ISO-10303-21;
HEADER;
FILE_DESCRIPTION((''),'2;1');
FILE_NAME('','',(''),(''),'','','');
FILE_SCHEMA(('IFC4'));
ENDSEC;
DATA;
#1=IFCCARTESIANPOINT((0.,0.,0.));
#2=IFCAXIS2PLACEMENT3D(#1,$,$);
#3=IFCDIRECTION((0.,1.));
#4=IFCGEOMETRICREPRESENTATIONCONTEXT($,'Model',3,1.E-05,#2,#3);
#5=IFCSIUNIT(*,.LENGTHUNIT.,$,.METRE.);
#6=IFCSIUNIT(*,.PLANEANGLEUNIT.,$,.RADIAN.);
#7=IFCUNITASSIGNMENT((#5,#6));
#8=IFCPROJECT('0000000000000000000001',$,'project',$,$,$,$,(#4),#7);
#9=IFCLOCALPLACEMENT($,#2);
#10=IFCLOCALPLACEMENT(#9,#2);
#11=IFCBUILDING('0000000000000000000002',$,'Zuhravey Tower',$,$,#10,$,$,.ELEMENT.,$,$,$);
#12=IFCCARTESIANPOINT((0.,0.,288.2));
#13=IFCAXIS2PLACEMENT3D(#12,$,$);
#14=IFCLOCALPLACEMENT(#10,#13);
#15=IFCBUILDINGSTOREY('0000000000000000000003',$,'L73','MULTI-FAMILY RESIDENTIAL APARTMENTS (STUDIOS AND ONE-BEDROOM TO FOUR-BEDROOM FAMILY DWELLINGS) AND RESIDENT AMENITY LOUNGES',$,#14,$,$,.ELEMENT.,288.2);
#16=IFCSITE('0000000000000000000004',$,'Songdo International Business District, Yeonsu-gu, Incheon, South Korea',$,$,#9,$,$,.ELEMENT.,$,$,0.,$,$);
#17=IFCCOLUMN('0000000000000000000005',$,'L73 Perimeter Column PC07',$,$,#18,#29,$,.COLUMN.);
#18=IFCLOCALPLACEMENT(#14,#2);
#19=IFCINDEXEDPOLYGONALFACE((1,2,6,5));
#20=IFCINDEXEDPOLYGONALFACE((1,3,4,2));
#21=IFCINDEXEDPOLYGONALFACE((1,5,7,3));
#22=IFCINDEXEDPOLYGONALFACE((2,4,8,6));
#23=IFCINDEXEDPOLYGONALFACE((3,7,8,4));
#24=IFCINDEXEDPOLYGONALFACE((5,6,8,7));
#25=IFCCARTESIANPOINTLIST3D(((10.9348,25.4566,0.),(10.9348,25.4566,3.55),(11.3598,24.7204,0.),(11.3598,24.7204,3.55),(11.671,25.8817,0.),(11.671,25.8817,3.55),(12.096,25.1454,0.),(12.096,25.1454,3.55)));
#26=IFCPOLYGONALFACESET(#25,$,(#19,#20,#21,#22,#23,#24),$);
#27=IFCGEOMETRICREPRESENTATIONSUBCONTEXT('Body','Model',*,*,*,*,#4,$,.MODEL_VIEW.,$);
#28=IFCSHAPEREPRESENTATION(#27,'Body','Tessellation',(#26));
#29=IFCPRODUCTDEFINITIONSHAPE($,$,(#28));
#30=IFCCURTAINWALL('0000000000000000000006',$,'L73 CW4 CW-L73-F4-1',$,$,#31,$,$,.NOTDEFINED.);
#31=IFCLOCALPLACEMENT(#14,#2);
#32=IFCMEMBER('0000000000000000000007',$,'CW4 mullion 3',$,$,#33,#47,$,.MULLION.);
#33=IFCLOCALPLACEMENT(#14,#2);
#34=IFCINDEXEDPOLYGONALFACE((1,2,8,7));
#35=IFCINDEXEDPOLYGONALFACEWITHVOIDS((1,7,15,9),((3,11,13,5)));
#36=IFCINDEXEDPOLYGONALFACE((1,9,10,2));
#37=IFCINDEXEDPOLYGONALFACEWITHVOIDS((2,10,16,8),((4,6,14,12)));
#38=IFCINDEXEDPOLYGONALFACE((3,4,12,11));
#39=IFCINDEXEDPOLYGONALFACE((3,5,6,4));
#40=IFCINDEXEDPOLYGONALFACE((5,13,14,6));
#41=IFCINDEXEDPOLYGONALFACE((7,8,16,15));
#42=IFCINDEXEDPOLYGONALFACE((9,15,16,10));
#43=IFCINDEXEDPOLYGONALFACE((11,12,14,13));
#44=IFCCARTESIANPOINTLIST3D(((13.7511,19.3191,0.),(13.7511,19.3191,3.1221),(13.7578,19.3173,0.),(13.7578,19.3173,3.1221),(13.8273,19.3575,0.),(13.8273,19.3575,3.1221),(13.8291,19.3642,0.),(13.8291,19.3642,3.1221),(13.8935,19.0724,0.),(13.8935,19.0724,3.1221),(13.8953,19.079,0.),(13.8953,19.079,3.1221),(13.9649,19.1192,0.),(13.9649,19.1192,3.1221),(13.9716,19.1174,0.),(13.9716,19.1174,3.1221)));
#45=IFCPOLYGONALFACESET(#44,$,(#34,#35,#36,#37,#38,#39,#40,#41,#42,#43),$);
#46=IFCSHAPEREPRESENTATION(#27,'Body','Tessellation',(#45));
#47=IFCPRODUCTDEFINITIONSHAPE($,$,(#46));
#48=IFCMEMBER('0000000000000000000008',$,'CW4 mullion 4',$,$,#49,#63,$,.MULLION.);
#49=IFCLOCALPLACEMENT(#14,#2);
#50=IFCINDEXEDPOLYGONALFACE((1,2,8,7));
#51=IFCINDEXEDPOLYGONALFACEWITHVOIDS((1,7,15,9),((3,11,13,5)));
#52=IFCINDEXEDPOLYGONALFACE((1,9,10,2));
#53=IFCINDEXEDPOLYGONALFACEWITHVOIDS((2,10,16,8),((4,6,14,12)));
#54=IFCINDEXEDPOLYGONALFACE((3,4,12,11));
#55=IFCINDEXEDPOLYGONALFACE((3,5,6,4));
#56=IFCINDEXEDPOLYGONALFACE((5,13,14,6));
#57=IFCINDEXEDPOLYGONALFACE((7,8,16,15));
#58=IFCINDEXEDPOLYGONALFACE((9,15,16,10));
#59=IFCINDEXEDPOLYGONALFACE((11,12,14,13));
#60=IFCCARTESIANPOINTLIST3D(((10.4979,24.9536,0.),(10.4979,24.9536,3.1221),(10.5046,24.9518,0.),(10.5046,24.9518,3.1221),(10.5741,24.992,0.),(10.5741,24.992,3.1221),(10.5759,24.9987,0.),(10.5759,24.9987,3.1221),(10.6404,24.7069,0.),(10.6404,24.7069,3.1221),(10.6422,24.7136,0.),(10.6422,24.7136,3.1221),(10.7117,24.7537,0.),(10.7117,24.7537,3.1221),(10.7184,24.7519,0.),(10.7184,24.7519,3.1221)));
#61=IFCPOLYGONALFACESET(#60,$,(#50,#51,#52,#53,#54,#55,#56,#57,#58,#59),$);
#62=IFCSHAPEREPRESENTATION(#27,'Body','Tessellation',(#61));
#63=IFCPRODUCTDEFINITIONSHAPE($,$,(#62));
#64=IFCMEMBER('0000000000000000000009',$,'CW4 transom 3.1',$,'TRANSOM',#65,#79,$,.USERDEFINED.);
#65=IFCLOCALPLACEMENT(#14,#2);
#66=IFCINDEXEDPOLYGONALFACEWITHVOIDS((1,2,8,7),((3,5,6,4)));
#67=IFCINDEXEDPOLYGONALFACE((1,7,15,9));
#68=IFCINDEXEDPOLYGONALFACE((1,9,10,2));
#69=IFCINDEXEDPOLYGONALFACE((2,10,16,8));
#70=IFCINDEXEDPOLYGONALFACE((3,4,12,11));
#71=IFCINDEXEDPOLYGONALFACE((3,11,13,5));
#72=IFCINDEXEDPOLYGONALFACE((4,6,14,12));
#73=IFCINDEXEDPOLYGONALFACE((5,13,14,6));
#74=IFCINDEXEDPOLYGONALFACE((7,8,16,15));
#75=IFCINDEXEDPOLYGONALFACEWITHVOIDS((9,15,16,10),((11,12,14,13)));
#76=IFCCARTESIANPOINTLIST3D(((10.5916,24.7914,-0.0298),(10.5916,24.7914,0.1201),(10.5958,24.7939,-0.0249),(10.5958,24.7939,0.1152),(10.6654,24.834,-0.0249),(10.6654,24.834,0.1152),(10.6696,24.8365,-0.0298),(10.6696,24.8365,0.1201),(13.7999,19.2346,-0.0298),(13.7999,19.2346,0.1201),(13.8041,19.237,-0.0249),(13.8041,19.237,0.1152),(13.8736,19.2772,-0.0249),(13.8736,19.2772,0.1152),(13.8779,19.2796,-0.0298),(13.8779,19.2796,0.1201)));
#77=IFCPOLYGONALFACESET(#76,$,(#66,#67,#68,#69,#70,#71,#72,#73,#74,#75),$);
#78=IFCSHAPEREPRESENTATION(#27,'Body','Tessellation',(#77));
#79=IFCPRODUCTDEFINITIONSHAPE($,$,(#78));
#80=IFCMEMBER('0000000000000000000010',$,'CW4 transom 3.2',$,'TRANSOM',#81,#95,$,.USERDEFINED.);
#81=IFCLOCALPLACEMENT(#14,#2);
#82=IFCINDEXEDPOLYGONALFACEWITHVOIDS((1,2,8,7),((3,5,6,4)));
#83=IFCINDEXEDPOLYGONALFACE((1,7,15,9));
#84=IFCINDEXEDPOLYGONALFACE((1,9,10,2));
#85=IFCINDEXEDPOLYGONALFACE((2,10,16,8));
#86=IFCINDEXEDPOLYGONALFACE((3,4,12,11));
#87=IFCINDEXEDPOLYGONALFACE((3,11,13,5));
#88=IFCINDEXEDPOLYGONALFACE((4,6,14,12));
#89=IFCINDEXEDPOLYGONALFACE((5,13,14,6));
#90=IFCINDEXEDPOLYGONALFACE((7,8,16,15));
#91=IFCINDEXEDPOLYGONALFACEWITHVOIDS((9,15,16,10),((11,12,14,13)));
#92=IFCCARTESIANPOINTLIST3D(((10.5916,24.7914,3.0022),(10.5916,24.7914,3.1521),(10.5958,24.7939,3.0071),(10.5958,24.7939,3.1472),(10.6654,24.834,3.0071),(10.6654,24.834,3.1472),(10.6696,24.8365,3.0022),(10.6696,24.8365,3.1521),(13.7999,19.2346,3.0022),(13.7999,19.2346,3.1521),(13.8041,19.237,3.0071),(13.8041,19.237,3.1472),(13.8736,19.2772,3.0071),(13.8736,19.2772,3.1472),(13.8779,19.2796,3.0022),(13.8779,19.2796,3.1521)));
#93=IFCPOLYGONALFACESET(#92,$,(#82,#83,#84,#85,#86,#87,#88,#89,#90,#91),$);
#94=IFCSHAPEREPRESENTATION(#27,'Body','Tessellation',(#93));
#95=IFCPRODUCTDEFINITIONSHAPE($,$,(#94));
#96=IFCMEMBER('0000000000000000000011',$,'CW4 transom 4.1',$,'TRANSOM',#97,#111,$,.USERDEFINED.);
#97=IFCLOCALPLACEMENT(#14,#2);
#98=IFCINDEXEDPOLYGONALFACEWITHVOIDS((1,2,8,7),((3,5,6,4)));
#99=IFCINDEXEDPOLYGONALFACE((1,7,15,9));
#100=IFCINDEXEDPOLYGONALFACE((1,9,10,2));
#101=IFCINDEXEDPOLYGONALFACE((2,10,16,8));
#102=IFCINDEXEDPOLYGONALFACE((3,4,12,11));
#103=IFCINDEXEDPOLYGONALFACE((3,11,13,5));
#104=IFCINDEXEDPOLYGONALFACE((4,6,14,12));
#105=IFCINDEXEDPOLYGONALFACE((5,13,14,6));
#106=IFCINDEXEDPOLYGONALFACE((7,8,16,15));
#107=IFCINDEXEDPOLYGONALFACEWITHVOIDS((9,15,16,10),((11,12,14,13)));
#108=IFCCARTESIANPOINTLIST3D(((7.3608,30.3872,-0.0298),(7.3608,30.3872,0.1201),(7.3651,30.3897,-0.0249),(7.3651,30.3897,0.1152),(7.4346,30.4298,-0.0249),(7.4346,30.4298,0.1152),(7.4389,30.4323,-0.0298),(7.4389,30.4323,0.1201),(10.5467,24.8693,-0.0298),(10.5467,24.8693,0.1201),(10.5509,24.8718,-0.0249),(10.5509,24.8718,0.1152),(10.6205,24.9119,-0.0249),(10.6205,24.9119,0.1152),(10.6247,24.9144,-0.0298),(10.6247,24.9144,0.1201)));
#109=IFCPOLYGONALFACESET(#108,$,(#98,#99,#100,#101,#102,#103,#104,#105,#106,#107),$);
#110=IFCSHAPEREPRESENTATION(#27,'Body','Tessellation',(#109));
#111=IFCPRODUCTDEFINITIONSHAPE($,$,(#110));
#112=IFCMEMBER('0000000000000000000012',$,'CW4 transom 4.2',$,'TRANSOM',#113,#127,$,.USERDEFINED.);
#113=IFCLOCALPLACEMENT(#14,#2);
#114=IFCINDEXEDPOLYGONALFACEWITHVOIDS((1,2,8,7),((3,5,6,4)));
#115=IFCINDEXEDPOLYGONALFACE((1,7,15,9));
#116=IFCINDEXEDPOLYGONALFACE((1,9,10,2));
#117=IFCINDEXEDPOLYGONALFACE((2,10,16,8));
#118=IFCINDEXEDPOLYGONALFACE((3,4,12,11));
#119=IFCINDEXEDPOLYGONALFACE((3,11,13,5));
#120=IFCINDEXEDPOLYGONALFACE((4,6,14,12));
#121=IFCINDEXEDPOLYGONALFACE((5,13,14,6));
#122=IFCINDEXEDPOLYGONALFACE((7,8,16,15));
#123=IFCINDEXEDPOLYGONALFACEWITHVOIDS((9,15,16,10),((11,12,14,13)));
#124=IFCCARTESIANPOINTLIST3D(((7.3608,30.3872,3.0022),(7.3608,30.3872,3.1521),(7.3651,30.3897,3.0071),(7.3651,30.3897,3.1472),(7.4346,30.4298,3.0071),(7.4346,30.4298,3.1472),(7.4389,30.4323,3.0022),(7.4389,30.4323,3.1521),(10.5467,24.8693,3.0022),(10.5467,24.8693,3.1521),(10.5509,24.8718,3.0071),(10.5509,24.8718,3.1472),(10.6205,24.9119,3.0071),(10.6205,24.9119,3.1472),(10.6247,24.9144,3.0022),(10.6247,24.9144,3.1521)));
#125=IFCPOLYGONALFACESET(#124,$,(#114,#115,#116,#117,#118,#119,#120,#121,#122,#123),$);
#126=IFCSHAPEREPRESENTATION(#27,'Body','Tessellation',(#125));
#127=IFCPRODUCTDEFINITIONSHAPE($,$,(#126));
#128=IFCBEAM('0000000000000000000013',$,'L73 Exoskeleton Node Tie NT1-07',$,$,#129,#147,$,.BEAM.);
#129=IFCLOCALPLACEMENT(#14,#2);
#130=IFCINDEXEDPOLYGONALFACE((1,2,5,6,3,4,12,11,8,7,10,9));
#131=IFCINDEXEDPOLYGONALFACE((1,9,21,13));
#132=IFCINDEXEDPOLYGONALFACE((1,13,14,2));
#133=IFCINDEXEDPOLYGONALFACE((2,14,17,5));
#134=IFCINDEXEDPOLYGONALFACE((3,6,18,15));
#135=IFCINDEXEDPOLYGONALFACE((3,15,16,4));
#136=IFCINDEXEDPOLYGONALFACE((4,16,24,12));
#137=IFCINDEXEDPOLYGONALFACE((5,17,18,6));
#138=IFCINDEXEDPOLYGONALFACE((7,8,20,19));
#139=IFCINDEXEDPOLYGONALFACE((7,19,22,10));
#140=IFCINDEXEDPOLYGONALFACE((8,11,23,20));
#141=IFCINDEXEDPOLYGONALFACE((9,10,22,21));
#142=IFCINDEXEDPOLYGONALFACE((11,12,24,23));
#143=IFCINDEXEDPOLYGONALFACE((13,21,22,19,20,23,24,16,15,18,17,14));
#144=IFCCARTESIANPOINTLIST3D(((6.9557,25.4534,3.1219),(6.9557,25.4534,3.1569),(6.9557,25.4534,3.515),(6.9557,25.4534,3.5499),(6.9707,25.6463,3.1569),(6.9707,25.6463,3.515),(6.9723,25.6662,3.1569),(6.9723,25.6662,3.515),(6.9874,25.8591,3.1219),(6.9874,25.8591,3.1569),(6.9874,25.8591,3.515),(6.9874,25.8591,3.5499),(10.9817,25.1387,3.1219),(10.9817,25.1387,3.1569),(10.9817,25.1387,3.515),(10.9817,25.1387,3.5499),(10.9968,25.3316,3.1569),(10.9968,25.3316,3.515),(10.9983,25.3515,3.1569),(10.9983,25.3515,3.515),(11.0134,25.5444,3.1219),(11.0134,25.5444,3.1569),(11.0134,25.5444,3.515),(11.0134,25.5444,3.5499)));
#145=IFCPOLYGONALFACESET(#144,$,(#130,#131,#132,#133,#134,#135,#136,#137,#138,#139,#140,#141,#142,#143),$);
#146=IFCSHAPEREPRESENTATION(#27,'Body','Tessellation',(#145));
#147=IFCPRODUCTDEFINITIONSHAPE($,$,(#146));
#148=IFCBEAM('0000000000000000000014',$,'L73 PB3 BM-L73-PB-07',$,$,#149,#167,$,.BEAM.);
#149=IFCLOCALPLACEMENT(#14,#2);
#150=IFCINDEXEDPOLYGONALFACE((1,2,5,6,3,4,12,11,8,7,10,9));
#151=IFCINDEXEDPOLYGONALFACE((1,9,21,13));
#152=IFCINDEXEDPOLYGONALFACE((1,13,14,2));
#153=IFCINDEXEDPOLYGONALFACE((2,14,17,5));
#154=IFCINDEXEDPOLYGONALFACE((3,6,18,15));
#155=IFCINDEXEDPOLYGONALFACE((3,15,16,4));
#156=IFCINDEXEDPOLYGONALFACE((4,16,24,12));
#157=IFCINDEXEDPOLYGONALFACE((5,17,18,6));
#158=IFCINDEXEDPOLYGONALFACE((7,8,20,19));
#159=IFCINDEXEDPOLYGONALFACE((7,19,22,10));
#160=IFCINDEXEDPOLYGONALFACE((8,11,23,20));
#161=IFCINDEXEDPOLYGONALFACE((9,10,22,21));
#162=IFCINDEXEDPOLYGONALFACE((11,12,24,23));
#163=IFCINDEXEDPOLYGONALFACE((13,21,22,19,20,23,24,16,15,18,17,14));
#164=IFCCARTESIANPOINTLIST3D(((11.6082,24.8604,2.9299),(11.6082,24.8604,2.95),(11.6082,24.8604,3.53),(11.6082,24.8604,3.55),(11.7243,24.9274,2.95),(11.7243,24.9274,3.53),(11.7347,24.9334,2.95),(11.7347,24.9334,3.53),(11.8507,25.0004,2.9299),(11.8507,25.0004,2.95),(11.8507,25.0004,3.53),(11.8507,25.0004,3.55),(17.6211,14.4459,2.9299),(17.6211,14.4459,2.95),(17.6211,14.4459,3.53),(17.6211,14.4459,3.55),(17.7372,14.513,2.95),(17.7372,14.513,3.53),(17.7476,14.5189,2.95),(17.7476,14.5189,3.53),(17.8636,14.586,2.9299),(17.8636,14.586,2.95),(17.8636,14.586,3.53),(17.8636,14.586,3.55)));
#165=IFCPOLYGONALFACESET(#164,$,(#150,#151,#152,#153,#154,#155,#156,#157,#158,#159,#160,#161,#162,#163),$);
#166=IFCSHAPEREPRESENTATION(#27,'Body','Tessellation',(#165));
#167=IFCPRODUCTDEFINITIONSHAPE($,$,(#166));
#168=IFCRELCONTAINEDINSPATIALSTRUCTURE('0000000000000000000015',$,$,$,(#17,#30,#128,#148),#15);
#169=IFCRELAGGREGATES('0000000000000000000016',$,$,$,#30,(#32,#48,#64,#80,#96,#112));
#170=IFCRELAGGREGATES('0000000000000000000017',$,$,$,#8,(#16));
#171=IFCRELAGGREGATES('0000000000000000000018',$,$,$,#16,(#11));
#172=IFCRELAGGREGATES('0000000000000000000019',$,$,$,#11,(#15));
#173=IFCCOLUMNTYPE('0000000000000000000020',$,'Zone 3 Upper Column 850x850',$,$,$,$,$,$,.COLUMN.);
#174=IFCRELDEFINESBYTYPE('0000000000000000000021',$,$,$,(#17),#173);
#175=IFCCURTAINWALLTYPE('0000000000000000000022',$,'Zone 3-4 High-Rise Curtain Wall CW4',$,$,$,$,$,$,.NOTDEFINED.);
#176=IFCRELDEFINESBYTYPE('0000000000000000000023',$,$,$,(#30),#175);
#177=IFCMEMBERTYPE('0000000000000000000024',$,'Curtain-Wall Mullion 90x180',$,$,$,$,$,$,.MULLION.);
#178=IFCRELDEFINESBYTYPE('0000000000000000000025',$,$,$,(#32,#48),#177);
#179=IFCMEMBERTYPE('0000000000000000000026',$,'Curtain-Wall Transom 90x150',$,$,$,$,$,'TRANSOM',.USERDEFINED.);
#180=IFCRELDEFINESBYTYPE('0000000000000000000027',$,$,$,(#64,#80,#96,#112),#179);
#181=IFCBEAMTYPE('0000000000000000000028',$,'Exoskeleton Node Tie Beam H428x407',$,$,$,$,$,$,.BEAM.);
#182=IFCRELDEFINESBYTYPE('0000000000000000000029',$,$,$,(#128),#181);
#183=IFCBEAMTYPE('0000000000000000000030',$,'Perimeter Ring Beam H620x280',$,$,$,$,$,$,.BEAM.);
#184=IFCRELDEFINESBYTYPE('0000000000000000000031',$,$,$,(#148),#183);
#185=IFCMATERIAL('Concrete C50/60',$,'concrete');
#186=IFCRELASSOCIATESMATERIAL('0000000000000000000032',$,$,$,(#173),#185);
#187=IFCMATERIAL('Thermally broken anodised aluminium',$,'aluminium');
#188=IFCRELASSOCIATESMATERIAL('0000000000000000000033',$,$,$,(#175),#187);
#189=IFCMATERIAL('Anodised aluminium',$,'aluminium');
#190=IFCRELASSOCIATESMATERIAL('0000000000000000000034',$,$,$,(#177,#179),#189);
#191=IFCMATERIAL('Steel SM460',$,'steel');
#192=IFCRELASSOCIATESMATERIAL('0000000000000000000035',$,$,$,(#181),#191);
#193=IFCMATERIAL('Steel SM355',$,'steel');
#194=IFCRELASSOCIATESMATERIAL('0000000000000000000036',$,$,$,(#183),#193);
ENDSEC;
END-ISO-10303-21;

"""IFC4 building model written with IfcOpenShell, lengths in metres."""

from ifc_helpers import new_model, si_unit, direction, frame, origin, origin_2d, place, context, subcontext, project, spatial, rectangle, hollow_rectangle, i_section, extrude, material, material_profile, profile_set, type_object, element, aggregate, save


model = new_model("IFC4")

# Units and contexts
model_context = context("Model", 3, precision=1e-05, world=origin(), true_north=direction((0.0, 1.0)))
body_context = subcontext(model_context, "Body", "Model", "MODEL_VIEW")
ifc_project = project(units=[si_unit("LENGTHUNIT", "METRE"), si_unit("PLANEANGLEUNIT", "RADIAN")], contexts=[model_context])

# Site, building, storey
site_placement = place(None, origin())
site = spatial("IfcSite", under=ifc_project, at=site_placement, Name="Songdo International Business District, Yeonsu-gu, Incheon, South Korea", CompositionType="ELEMENT", RefElevation=0.0)
building_placement = place(site_placement, origin())
building = spatial("IfcBuilding", under=site, at=building_placement, Name="Zuhravey Tower", CompositionType="ELEMENT")
storey_placement = place(building_placement, frame((0.0, 0.0, 288.2)))
storey = spatial("IfcBuildingStorey", under=building, at=storey_placement, Name="L73", Description="MULTI-FAMILY RESIDENTIAL APARTMENTS (STUDIOS AND ONE-BEDROOM TO FOUR-BEDROOM FAMILY DWELLINGS) AND RESIDENT AMENITY LOUNGES", CompositionType="ELEMENT", Elevation=288.2)

# Column
ifc_material_1 = material(Name="Concrete C50/60", Category="concrete")
ifc_material_profile_1 = material_profile(ifc_material_1, rectangle(XDim=0.8501, YDim=0.8501, at=origin_2d()), Name="RC-850x850")
ifc_profile_set_1 = profile_set([ifc_material_profile_1], Name="Concrete C50/60")
column_type = type_object("IfcColumnType", Name="Zone 3 Upper Column 850x850", PredefinedType="COLUMN", material=ifc_profile_set_1)
column_placement = place(storey_placement, frame((11.5154, 25.301, 0.0), z_axis=(0.0, 0.0, 1.0), x_axis=(0.5, -0.866025, 0.0)))
element("IfcColumn", 1, at=column_placement, inside=storey, type_object=column_type, Name="L73 Perimeter Column PC07", PredefinedType="COLUMN", context=body_context, shape_type="SweptSolid", body=[
    extrude(rectangle(XDim=0.8501, YDim=0.8501, at=origin_2d()), origin(), (0.0, 0.0, 1.0), 3.55),
])

# Curtain wall, members
ifc_material_2 = material(Name="Thermally broken anodised aluminium", Category="aluminium")
curtain_wall_type = type_object("IfcCurtainWallType", Name="Zone 3-4 High-Rise Curtain Wall CW4", PredefinedType="NOTDEFINED", material=ifc_material_2)
curtain_wall_placement = place(storey_placement, origin())
curtain_wall = element("IfcCurtainWall", 2, at=curtain_wall_placement, inside=storey, type_object=curtain_wall_type, Name="L73 CW4 CW-L73-F4-1", PredefinedType="NOTDEFINED")
ifc_material_3 = material(Name="Anodised aluminium", Category="aluminium")
ifc_material_profile_2 = material_profile(ifc_material_3, hollow_rectangle(XDim=0.0901, YDim=0.2849, WallThickness=0.0049, at=origin_2d()), Name="ALU-RHS-90x285x5")
ifc_profile_set_2 = profile_set([ifc_material_profile_2], Name="Anodised aluminium")
member_type_1 = type_object("IfcMemberType", Name="Curtain-Wall Mullion 90x180", PredefinedType="MULLION", material=ifc_profile_set_2)
member_1_placement = place(storey_placement, frame((13.8613, 19.2183, 0.0), z_axis=(0.0, 0.0, 1.0), x_axis=(-0.866025, -0.500001, 0.0)))
member_1 = element("IfcMember", 3, at=member_1_placement, type_object=member_type_1, Name="CW4 mullion 3", PredefinedType="MULLION", context=body_context, shape_type="SweptSolid", body=[
    extrude(hollow_rectangle(XDim=0.0901, YDim=0.2849, WallThickness=0.0049, at=origin_2d()), origin(), (0.0, 0.0, 1.0), 3.1221),
])
member_2_placement = place(storey_placement, frame((10.6082, 24.8528, 0.0), z_axis=(0.0, 0.0, 1.0), x_axis=(-0.866025, -0.500001, 0.0)))
member_2 = element("IfcMember", 4, at=member_2_placement, type_object=member_type_1, Name="CW4 mullion 4", PredefinedType="MULLION", context=body_context, shape_type="SweptSolid", body=[
    extrude(hollow_rectangle(XDim=0.0901, YDim=0.2849, WallThickness=0.0049, at=origin_2d()), origin(), (0.0, 0.0, 1.0), 3.1221),
])
ifc_material_profile_3 = material_profile(ifc_material_3, hollow_rectangle(XDim=0.0901, YDim=0.1499, WallThickness=0.0049, at=origin_2d()), Name="ALU-RHS-90x150x5")
ifc_profile_set_3 = profile_set([ifc_material_profile_3], Name="Anodised aluminium")
member_type_2 = type_object("IfcMemberType", Name="Curtain-Wall Transom 90x150", ElementType="TRANSOM", PredefinedType="USERDEFINED", material=ifc_profile_set_3)
member_3_placement = place(storey_placement, frame((13.8389, 19.2571, 0.0452), z_axis=(-0.499998, 0.866027, 0.0), x_axis=(-0.866027, -0.499998, 0.0)))
member_3 = element("IfcMember", 5, at=member_3_placement, type_object=member_type_2, Name="CW4 transom 3.1", ObjectType="TRANSOM", PredefinedType="USERDEFINED", context=body_context, shape_type="SweptSolid", body=[
    extrude(hollow_rectangle(XDim=0.0901, YDim=0.1499, WallThickness=0.0049, at=origin_2d()), origin(), (0.0, 0.0, 1.0), 6.4165),
])
member_4_placement = place(storey_placement, frame((13.8389, 19.2571, 3.0771), z_axis=(-0.499998, 0.866027, 0.0), x_axis=(-0.866027, -0.499998, 0.0)))
member_4 = element("IfcMember", 6, at=member_4_placement, type_object=member_type_2, Name="CW4 transom 3.2", ObjectType="TRANSOM", PredefinedType="USERDEFINED", context=body_context, shape_type="SweptSolid", body=[
    extrude(hollow_rectangle(XDim=0.0901, YDim=0.1499, WallThickness=0.0049, at=origin_2d()), origin(), (0.0, 0.0, 1.0), 6.4165),
])
member_5_placement = place(storey_placement, frame((10.5857, 24.8918, 0.0452), z_axis=(-0.500009, 0.86602, 0.0), x_axis=(-0.86602, -0.500009, 0.0)))
member_5 = element("IfcMember", 7, at=member_5_placement, type_object=member_type_2, Name="CW4 transom 4.1", ObjectType="TRANSOM", PredefinedType="USERDEFINED", context=body_context, shape_type="SweptSolid", body=[
    extrude(hollow_rectangle(XDim=0.0901, YDim=0.1499, WallThickness=0.0049, at=origin_2d()), origin(), (0.0, 0.0, 1.0), 6.3716),
])
member_6_placement = place(storey_placement, frame((10.5857, 24.8918, 3.0771), z_axis=(-0.500009, 0.86602, 0.0), x_axis=(-0.86602, -0.500009, 0.0)))
member_6 = element("IfcMember", 8, at=member_6_placement, type_object=member_type_2, Name="CW4 transom 4.2", ObjectType="TRANSOM", PredefinedType="USERDEFINED", context=body_context, shape_type="SweptSolid", body=[
    extrude(hollow_rectangle(XDim=0.0901, YDim=0.1499, WallThickness=0.0049, at=origin_2d()), origin(), (0.0, 0.0, 1.0), 6.3716),
])

# Beams
ifc_material_4 = material(Name="Steel SM460", Category="steel")
ifc_material_profile_4 = material_profile(ifc_material_4, i_section(OverallWidth=0.407, OverallDepth=0.428, WebThickness=0.02, FlangeThickness=0.0349, at=origin_2d()), Name="H-428x407x20x35")
ifc_profile_set_4 = profile_set([ifc_material_profile_4], Name="Steel SM460")
beam_type_1 = type_object("IfcBeamType", Name="Exoskeleton Node Tie Beam H428x407", PredefinedType="BEAM", material=ifc_profile_set_4)
beam_1_placement = place(storey_placement, frame((10.9976, 25.3416, 3.3359), z_axis=(-0.996959, 0.077926, 0.0), x_axis=(-0.077926, -0.996959, 0.0)))
element("IfcBeam", 9, at=beam_1_placement, inside=storey, type_object=beam_type_1, Name="L73 Exoskeleton Node Tie NT1-07", PredefinedType="BEAM", context=body_context, shape_type="SweptSolid", body=[
    extrude(i_section(OverallWidth=0.407, OverallDepth=0.428, WebThickness=0.02, FlangeThickness=0.0349, at=origin_2d()), origin(), (0.0, 0.0, 1.0), 4.0383),
])
ifc_material_5 = material(Name="Steel SM355", Category="steel")
ifc_material_profile_5 = material_profile(ifc_material_5, i_section(OverallWidth=0.28, OverallDepth=0.6201, WebThickness=0.012, FlangeThickness=0.02, at=origin_2d()), Name="H-620x280x12x20")
ifc_profile_set_5 = profile_set([ifc_material_profile_5], Name="Steel SM355")
beam_type_2 = type_object("IfcBeamType", Name="Perimeter Ring Beam H620x280", PredefinedType="BEAM", material=ifc_profile_set_5)
beam_2_placement = place(storey_placement, frame((11.7295, 24.9304, 3.24), z_axis=(0.500006, -0.866022, 0.0), x_axis=(0.866022, 0.500006, 0.0)))
element("IfcBeam", 10, at=beam_2_placement, inside=storey, type_object=beam_type_2, Name="L73 PB3 BM-L73-PB-07", PredefinedType="BEAM", context=body_context, shape_type="SweptSolid", body=[
    extrude(i_section(OverallWidth=0.28, OverallDepth=0.6201, WebThickness=0.012, FlangeThickness=0.02, at=origin_2d()), origin(), (0.0, 0.0, 1.0), 12.0256),
])

aggregate(curtain_wall, [member_1, member_2, member_3, member_4, member_5, member_6])

save(model, "model.ifc")
